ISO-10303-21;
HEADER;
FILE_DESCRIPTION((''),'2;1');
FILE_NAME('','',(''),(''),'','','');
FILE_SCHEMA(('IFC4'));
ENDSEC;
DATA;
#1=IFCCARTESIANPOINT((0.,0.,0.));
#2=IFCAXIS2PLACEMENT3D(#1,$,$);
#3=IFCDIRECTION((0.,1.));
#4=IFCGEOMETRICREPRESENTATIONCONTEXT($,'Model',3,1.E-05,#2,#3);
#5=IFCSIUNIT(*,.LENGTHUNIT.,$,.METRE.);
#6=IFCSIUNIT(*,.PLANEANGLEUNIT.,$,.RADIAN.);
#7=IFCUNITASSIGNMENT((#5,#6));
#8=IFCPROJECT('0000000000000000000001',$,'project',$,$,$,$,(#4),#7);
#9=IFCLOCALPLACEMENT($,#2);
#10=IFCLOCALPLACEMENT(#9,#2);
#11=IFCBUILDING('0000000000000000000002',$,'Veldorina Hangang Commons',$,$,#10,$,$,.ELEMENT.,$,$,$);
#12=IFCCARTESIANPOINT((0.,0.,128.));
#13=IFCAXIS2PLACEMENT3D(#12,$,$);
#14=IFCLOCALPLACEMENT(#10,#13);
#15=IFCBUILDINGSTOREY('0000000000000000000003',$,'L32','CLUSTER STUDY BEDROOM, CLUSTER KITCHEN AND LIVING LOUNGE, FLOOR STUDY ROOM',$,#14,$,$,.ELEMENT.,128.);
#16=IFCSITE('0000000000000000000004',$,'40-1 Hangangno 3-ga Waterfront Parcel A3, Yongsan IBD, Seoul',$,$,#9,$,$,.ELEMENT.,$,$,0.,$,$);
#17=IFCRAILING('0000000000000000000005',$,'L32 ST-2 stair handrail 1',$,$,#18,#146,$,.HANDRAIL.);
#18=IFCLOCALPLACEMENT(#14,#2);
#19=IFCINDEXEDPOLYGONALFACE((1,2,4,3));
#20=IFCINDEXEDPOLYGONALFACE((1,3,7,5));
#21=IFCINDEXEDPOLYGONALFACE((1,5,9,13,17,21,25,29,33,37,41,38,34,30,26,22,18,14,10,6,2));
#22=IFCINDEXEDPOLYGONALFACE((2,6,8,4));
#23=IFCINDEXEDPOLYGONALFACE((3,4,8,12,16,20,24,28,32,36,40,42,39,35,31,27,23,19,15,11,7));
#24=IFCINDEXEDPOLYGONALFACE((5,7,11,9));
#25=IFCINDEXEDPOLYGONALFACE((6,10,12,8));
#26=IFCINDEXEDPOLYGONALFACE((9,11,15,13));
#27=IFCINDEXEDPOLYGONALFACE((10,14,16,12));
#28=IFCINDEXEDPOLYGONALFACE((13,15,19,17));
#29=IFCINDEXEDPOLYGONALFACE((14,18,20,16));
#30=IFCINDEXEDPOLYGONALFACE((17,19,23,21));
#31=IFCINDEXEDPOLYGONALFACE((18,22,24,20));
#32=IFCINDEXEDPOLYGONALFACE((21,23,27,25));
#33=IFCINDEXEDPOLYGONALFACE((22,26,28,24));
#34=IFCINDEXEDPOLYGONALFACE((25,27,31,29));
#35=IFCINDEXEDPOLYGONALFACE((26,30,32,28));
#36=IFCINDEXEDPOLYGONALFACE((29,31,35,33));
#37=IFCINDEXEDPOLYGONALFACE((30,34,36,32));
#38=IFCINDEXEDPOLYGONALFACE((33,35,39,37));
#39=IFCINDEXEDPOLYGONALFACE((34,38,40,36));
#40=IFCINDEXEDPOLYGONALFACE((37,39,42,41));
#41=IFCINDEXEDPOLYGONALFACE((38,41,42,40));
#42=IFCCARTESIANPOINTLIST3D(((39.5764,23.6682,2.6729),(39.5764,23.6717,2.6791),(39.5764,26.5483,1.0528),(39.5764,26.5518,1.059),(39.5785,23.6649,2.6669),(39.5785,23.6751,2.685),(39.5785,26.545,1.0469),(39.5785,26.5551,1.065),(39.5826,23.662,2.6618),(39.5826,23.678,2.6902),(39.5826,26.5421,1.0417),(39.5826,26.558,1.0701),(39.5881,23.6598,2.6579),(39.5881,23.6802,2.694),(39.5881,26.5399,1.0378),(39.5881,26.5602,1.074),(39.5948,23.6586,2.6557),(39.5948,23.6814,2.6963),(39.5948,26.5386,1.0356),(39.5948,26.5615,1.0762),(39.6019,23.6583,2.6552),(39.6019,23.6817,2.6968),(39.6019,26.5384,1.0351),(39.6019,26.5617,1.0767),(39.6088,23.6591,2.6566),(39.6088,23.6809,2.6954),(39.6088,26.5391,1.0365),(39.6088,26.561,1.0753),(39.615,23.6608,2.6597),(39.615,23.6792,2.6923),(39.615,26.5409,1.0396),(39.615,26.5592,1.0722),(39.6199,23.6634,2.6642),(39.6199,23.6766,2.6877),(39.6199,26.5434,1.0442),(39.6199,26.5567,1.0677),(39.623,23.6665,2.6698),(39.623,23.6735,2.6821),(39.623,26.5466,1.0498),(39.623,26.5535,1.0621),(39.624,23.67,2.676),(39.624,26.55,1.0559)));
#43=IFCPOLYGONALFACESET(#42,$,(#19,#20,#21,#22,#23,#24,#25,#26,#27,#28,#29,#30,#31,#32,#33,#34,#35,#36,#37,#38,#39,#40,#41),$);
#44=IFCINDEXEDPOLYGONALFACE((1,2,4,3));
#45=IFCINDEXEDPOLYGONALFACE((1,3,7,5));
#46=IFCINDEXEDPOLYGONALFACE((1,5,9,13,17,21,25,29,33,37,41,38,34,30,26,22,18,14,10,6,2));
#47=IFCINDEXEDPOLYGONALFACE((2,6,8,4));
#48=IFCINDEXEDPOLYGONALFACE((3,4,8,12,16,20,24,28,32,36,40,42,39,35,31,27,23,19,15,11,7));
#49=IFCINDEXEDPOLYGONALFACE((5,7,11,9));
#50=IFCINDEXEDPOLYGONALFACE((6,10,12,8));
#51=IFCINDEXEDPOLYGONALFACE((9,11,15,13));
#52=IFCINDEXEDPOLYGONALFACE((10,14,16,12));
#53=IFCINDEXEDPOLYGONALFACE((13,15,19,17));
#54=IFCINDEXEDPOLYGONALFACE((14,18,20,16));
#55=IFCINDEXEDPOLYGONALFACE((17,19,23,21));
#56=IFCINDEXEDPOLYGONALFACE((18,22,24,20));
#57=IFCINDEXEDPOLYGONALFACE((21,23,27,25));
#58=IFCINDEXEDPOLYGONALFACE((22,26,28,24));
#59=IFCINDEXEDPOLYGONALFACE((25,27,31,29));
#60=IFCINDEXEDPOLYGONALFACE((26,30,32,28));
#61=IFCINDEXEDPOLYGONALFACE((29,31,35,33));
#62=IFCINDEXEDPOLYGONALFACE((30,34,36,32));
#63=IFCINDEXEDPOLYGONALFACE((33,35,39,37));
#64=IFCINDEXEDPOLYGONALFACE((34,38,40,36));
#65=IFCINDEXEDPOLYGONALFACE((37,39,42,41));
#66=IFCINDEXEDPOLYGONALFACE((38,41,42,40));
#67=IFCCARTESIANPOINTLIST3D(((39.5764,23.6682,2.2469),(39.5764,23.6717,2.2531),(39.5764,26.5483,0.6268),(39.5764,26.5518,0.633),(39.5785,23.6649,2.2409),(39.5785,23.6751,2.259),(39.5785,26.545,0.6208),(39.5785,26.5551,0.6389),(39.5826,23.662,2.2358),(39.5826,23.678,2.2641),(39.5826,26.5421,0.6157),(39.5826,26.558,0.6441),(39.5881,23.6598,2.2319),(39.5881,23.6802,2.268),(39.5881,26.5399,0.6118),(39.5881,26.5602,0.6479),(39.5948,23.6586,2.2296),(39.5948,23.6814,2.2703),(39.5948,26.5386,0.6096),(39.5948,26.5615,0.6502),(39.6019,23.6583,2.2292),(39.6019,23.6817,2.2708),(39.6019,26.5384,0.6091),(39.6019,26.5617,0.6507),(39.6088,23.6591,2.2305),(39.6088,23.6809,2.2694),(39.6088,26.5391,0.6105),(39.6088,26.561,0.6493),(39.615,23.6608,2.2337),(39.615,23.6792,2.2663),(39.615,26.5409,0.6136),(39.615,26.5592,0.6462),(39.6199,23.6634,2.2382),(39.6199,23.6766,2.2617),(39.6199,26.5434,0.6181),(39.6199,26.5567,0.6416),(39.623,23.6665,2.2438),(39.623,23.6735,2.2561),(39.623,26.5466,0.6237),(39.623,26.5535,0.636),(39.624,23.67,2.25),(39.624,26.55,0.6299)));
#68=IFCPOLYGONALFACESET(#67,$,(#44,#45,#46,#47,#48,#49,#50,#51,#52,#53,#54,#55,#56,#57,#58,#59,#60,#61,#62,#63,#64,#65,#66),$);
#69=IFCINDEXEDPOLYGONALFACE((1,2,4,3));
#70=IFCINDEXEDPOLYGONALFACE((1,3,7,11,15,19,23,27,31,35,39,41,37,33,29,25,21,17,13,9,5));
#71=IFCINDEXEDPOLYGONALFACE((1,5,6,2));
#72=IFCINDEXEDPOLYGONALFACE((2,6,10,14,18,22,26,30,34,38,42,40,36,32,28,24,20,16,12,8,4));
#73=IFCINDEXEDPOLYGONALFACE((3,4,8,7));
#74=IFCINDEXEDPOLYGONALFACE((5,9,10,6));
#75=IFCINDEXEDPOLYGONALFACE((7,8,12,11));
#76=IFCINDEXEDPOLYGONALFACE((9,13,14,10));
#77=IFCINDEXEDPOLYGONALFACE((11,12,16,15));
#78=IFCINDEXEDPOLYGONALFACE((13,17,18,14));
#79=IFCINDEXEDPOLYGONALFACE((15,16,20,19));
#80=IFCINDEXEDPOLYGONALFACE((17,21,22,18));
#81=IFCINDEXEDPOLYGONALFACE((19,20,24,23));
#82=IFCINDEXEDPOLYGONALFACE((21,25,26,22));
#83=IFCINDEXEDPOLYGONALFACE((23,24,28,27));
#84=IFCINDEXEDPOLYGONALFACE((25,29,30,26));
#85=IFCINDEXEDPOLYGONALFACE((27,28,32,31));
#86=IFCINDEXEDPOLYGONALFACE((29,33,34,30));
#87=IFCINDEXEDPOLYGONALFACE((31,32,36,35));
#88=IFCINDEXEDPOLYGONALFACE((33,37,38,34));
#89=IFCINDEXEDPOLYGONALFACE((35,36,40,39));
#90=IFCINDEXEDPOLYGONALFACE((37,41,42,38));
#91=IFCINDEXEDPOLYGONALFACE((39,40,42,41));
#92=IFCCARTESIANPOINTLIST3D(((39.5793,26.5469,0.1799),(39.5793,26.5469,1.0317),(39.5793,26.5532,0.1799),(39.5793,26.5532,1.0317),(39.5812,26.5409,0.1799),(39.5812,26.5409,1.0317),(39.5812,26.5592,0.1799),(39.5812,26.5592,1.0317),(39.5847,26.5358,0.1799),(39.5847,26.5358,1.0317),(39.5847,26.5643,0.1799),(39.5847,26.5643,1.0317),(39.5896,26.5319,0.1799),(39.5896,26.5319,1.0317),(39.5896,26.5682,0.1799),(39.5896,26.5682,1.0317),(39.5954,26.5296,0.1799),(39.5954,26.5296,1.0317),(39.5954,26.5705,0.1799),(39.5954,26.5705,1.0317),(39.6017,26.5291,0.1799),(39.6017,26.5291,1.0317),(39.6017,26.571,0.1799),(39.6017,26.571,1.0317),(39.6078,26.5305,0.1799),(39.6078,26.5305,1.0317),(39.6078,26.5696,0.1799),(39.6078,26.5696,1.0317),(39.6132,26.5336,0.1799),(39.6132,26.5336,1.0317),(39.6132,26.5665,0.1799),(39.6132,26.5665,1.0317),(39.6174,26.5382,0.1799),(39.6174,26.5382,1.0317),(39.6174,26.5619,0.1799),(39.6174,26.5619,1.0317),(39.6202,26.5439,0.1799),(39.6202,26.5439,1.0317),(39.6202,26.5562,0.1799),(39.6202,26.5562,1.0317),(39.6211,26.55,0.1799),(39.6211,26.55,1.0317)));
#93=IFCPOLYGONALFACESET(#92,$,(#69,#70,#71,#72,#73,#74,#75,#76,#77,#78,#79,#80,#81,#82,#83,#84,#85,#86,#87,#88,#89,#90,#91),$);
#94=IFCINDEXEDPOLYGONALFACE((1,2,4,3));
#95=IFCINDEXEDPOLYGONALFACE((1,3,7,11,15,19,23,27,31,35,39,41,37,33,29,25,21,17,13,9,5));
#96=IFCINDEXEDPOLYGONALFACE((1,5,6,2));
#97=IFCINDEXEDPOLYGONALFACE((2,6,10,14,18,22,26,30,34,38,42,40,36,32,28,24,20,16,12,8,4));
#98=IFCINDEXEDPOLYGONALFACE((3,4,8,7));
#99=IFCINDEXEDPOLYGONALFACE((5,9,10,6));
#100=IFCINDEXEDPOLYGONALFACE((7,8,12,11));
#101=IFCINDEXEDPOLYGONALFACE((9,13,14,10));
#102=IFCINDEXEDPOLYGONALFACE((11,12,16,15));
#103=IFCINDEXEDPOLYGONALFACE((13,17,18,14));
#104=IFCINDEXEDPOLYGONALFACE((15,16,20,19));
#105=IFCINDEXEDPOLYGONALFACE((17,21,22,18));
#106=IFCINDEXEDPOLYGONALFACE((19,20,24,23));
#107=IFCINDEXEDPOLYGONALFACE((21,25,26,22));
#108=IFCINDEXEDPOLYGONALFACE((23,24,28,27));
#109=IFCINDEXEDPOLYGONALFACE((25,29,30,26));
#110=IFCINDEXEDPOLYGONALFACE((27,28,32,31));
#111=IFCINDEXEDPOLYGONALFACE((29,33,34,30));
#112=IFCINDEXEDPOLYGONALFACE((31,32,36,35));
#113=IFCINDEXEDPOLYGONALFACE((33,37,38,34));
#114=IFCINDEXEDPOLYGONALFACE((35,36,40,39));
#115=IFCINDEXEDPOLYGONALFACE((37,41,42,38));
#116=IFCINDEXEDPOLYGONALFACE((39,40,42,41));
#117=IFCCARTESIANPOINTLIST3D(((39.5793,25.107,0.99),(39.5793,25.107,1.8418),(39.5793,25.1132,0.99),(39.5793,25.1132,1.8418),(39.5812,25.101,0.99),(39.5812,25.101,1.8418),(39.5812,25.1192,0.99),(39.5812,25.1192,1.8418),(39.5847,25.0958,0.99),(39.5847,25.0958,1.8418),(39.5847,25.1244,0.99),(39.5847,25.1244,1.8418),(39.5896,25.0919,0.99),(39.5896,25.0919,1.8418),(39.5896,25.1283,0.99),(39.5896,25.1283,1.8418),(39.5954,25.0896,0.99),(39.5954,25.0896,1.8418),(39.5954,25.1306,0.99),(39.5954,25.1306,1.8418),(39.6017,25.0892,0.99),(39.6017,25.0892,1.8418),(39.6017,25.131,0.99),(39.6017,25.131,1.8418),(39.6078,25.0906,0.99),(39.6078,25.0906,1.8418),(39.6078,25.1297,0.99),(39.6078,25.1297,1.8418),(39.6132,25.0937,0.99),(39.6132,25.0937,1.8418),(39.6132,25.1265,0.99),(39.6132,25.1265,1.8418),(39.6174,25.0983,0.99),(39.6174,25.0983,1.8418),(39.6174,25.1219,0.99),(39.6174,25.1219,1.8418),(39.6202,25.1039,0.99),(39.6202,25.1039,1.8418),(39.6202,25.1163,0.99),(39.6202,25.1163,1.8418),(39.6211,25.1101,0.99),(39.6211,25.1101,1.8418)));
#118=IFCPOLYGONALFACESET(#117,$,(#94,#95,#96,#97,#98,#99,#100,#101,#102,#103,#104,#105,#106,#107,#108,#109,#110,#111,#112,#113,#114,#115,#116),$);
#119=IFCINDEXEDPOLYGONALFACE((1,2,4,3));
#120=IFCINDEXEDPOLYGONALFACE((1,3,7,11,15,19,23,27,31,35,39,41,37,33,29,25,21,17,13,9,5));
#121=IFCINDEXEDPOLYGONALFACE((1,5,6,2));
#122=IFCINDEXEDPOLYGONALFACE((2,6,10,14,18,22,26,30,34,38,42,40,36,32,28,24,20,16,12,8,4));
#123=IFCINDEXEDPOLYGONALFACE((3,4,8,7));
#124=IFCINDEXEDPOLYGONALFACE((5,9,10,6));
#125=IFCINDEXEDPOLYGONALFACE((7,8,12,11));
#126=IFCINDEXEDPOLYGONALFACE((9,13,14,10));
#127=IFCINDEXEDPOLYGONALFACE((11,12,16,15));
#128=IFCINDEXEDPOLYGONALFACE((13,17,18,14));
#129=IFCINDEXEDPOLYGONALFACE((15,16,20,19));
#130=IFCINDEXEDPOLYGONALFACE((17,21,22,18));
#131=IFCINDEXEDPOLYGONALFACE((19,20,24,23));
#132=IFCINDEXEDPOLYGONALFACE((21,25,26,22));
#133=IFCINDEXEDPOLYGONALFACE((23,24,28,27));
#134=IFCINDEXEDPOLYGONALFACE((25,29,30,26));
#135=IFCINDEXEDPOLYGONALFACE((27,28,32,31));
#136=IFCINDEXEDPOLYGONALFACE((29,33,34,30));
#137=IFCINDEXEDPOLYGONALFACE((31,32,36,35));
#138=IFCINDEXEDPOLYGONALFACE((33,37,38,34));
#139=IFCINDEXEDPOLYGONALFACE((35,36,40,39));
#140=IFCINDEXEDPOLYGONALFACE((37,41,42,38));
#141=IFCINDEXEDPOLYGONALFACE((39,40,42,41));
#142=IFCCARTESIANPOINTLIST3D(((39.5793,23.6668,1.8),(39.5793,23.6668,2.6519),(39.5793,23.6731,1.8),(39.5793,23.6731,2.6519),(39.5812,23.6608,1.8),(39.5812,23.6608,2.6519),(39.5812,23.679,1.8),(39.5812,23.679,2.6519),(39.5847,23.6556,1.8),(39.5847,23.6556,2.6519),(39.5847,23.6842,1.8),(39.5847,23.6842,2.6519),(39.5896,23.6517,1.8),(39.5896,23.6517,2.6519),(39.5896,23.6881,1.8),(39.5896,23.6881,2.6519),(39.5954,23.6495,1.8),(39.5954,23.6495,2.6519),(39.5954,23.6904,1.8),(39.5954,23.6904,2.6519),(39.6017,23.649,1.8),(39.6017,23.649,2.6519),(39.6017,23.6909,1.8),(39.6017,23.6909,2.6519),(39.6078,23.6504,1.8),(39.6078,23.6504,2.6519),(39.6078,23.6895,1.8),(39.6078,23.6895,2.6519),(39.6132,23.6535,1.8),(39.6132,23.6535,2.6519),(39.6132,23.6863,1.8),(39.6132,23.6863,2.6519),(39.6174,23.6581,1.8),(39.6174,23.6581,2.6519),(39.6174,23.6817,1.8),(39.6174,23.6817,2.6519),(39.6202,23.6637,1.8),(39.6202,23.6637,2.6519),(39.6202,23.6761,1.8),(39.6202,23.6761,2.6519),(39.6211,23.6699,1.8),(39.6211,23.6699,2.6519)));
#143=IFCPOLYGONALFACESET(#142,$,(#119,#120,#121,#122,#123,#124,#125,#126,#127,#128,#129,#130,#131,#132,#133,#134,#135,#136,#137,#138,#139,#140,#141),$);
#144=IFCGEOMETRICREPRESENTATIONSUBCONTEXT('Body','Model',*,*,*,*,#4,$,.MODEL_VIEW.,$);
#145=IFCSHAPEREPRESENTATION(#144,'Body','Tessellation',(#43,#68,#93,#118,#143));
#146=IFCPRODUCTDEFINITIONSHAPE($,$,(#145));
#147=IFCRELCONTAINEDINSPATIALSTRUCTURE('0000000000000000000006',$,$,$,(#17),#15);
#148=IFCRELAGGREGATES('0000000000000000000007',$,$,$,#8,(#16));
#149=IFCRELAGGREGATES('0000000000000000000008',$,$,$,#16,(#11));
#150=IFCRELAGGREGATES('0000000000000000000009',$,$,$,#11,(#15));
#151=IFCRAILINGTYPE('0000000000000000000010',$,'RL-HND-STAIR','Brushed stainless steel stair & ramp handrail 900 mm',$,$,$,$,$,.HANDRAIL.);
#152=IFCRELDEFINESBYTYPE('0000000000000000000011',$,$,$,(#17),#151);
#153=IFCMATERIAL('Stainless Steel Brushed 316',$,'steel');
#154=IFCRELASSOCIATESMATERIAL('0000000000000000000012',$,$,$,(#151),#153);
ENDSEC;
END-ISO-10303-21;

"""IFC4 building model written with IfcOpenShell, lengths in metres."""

from ifc_helpers import new_model, si_unit, direction, frame, origin, origin_2d, place, context, subcontext, project, spatial, circle, extrude, material, type_object, element, save


model = new_model("IFC4")

# Units and contexts
model_context = context("Model", 3, precision=1e-05, world=origin(), true_north=direction((0.0, 1.0)))
body_context = subcontext(model_context, "Body", "Model", "MODEL_VIEW")
ifc_project = project(units=[si_unit("LENGTHUNIT", "METRE"), si_unit("PLANEANGLEUNIT", "RADIAN")], contexts=[model_context])

# Site, building, storey
site_placement = place(None, origin())
site = spatial("IfcSite", under=ifc_project, at=site_placement, Name="40-1 Hangangno 3-ga Waterfront Parcel A3, Yongsan IBD, Seoul", CompositionType="ELEMENT", RefElevation=0.0)
building_placement = place(site_placement, origin())
building = spatial("IfcBuilding", under=site, at=building_placement, Name="Veldorina Hangang Commons", CompositionType="ELEMENT")
storey_placement = place(building_placement, frame((0.0, 0.0, 128.0)))
storey = spatial("IfcBuildingStorey", under=building, at=storey_placement, Name="L32", Description="CLUSTER STUDY BEDROOM, CLUSTER KITCHEN AND LIVING LOUNGE, FLOOR STUDY ROOM", CompositionType="ELEMENT", Elevation=128.0)

# Railing
ifc_material_1 = material(Name="Stainless Steel Brushed 316", Category="steel")
railing_type_1 = type_object("IfcRailingType", Name="RL-HND-STAIR", Description="Brushed stainless steel stair & ramp handrail 900 mm", PredefinedType="HANDRAIL", material=ifc_material_1)
railing_1_placement = place(storey_placement, frame((39.6001, 26.55, 0.1799)))
element("IfcRailing", 1, at=railing_1_placement, inside=storey, type_object=railing_type_1, Name="L32 ST-2 stair handrail 1", PredefinedType="HANDRAIL", context=body_context, shape_type="SweptSolid", body=[
    extrude(circle(Radius=0.0239, at=origin_2d()), frame((0.0, 0.0, 0.876), z_axis=(0.0, -0.87157, 0.490272), x_axis=(1.0, 0.0, 0.0)), (0.0, 0.0, 1.0), 3.3044),
    extrude(circle(Radius=0.0239, at=origin_2d()), frame((0.0, 0.0, 0.45), z_axis=(0.0, -0.87157, 0.490272), x_axis=(1.0, 0.0, 0.0)), (0.0, 0.0, 1.0), 3.3044),
    extrude(circle(Radius=0.021, at=origin_2d()), origin(), (0.0, 0.0, 1.0), 0.8518),
    extrude(circle(Radius=0.021, at=origin_2d()), frame((0.0, -1.4399, 0.8101)), (0.0, 0.0, 1.0), 0.8518),
    extrude(circle(Radius=0.021, at=origin_2d()), frame((0.0, -2.8801, 1.6201)), (0.0, 0.0, 1.0), 0.8518),
])

save(model, "model.ifc")
